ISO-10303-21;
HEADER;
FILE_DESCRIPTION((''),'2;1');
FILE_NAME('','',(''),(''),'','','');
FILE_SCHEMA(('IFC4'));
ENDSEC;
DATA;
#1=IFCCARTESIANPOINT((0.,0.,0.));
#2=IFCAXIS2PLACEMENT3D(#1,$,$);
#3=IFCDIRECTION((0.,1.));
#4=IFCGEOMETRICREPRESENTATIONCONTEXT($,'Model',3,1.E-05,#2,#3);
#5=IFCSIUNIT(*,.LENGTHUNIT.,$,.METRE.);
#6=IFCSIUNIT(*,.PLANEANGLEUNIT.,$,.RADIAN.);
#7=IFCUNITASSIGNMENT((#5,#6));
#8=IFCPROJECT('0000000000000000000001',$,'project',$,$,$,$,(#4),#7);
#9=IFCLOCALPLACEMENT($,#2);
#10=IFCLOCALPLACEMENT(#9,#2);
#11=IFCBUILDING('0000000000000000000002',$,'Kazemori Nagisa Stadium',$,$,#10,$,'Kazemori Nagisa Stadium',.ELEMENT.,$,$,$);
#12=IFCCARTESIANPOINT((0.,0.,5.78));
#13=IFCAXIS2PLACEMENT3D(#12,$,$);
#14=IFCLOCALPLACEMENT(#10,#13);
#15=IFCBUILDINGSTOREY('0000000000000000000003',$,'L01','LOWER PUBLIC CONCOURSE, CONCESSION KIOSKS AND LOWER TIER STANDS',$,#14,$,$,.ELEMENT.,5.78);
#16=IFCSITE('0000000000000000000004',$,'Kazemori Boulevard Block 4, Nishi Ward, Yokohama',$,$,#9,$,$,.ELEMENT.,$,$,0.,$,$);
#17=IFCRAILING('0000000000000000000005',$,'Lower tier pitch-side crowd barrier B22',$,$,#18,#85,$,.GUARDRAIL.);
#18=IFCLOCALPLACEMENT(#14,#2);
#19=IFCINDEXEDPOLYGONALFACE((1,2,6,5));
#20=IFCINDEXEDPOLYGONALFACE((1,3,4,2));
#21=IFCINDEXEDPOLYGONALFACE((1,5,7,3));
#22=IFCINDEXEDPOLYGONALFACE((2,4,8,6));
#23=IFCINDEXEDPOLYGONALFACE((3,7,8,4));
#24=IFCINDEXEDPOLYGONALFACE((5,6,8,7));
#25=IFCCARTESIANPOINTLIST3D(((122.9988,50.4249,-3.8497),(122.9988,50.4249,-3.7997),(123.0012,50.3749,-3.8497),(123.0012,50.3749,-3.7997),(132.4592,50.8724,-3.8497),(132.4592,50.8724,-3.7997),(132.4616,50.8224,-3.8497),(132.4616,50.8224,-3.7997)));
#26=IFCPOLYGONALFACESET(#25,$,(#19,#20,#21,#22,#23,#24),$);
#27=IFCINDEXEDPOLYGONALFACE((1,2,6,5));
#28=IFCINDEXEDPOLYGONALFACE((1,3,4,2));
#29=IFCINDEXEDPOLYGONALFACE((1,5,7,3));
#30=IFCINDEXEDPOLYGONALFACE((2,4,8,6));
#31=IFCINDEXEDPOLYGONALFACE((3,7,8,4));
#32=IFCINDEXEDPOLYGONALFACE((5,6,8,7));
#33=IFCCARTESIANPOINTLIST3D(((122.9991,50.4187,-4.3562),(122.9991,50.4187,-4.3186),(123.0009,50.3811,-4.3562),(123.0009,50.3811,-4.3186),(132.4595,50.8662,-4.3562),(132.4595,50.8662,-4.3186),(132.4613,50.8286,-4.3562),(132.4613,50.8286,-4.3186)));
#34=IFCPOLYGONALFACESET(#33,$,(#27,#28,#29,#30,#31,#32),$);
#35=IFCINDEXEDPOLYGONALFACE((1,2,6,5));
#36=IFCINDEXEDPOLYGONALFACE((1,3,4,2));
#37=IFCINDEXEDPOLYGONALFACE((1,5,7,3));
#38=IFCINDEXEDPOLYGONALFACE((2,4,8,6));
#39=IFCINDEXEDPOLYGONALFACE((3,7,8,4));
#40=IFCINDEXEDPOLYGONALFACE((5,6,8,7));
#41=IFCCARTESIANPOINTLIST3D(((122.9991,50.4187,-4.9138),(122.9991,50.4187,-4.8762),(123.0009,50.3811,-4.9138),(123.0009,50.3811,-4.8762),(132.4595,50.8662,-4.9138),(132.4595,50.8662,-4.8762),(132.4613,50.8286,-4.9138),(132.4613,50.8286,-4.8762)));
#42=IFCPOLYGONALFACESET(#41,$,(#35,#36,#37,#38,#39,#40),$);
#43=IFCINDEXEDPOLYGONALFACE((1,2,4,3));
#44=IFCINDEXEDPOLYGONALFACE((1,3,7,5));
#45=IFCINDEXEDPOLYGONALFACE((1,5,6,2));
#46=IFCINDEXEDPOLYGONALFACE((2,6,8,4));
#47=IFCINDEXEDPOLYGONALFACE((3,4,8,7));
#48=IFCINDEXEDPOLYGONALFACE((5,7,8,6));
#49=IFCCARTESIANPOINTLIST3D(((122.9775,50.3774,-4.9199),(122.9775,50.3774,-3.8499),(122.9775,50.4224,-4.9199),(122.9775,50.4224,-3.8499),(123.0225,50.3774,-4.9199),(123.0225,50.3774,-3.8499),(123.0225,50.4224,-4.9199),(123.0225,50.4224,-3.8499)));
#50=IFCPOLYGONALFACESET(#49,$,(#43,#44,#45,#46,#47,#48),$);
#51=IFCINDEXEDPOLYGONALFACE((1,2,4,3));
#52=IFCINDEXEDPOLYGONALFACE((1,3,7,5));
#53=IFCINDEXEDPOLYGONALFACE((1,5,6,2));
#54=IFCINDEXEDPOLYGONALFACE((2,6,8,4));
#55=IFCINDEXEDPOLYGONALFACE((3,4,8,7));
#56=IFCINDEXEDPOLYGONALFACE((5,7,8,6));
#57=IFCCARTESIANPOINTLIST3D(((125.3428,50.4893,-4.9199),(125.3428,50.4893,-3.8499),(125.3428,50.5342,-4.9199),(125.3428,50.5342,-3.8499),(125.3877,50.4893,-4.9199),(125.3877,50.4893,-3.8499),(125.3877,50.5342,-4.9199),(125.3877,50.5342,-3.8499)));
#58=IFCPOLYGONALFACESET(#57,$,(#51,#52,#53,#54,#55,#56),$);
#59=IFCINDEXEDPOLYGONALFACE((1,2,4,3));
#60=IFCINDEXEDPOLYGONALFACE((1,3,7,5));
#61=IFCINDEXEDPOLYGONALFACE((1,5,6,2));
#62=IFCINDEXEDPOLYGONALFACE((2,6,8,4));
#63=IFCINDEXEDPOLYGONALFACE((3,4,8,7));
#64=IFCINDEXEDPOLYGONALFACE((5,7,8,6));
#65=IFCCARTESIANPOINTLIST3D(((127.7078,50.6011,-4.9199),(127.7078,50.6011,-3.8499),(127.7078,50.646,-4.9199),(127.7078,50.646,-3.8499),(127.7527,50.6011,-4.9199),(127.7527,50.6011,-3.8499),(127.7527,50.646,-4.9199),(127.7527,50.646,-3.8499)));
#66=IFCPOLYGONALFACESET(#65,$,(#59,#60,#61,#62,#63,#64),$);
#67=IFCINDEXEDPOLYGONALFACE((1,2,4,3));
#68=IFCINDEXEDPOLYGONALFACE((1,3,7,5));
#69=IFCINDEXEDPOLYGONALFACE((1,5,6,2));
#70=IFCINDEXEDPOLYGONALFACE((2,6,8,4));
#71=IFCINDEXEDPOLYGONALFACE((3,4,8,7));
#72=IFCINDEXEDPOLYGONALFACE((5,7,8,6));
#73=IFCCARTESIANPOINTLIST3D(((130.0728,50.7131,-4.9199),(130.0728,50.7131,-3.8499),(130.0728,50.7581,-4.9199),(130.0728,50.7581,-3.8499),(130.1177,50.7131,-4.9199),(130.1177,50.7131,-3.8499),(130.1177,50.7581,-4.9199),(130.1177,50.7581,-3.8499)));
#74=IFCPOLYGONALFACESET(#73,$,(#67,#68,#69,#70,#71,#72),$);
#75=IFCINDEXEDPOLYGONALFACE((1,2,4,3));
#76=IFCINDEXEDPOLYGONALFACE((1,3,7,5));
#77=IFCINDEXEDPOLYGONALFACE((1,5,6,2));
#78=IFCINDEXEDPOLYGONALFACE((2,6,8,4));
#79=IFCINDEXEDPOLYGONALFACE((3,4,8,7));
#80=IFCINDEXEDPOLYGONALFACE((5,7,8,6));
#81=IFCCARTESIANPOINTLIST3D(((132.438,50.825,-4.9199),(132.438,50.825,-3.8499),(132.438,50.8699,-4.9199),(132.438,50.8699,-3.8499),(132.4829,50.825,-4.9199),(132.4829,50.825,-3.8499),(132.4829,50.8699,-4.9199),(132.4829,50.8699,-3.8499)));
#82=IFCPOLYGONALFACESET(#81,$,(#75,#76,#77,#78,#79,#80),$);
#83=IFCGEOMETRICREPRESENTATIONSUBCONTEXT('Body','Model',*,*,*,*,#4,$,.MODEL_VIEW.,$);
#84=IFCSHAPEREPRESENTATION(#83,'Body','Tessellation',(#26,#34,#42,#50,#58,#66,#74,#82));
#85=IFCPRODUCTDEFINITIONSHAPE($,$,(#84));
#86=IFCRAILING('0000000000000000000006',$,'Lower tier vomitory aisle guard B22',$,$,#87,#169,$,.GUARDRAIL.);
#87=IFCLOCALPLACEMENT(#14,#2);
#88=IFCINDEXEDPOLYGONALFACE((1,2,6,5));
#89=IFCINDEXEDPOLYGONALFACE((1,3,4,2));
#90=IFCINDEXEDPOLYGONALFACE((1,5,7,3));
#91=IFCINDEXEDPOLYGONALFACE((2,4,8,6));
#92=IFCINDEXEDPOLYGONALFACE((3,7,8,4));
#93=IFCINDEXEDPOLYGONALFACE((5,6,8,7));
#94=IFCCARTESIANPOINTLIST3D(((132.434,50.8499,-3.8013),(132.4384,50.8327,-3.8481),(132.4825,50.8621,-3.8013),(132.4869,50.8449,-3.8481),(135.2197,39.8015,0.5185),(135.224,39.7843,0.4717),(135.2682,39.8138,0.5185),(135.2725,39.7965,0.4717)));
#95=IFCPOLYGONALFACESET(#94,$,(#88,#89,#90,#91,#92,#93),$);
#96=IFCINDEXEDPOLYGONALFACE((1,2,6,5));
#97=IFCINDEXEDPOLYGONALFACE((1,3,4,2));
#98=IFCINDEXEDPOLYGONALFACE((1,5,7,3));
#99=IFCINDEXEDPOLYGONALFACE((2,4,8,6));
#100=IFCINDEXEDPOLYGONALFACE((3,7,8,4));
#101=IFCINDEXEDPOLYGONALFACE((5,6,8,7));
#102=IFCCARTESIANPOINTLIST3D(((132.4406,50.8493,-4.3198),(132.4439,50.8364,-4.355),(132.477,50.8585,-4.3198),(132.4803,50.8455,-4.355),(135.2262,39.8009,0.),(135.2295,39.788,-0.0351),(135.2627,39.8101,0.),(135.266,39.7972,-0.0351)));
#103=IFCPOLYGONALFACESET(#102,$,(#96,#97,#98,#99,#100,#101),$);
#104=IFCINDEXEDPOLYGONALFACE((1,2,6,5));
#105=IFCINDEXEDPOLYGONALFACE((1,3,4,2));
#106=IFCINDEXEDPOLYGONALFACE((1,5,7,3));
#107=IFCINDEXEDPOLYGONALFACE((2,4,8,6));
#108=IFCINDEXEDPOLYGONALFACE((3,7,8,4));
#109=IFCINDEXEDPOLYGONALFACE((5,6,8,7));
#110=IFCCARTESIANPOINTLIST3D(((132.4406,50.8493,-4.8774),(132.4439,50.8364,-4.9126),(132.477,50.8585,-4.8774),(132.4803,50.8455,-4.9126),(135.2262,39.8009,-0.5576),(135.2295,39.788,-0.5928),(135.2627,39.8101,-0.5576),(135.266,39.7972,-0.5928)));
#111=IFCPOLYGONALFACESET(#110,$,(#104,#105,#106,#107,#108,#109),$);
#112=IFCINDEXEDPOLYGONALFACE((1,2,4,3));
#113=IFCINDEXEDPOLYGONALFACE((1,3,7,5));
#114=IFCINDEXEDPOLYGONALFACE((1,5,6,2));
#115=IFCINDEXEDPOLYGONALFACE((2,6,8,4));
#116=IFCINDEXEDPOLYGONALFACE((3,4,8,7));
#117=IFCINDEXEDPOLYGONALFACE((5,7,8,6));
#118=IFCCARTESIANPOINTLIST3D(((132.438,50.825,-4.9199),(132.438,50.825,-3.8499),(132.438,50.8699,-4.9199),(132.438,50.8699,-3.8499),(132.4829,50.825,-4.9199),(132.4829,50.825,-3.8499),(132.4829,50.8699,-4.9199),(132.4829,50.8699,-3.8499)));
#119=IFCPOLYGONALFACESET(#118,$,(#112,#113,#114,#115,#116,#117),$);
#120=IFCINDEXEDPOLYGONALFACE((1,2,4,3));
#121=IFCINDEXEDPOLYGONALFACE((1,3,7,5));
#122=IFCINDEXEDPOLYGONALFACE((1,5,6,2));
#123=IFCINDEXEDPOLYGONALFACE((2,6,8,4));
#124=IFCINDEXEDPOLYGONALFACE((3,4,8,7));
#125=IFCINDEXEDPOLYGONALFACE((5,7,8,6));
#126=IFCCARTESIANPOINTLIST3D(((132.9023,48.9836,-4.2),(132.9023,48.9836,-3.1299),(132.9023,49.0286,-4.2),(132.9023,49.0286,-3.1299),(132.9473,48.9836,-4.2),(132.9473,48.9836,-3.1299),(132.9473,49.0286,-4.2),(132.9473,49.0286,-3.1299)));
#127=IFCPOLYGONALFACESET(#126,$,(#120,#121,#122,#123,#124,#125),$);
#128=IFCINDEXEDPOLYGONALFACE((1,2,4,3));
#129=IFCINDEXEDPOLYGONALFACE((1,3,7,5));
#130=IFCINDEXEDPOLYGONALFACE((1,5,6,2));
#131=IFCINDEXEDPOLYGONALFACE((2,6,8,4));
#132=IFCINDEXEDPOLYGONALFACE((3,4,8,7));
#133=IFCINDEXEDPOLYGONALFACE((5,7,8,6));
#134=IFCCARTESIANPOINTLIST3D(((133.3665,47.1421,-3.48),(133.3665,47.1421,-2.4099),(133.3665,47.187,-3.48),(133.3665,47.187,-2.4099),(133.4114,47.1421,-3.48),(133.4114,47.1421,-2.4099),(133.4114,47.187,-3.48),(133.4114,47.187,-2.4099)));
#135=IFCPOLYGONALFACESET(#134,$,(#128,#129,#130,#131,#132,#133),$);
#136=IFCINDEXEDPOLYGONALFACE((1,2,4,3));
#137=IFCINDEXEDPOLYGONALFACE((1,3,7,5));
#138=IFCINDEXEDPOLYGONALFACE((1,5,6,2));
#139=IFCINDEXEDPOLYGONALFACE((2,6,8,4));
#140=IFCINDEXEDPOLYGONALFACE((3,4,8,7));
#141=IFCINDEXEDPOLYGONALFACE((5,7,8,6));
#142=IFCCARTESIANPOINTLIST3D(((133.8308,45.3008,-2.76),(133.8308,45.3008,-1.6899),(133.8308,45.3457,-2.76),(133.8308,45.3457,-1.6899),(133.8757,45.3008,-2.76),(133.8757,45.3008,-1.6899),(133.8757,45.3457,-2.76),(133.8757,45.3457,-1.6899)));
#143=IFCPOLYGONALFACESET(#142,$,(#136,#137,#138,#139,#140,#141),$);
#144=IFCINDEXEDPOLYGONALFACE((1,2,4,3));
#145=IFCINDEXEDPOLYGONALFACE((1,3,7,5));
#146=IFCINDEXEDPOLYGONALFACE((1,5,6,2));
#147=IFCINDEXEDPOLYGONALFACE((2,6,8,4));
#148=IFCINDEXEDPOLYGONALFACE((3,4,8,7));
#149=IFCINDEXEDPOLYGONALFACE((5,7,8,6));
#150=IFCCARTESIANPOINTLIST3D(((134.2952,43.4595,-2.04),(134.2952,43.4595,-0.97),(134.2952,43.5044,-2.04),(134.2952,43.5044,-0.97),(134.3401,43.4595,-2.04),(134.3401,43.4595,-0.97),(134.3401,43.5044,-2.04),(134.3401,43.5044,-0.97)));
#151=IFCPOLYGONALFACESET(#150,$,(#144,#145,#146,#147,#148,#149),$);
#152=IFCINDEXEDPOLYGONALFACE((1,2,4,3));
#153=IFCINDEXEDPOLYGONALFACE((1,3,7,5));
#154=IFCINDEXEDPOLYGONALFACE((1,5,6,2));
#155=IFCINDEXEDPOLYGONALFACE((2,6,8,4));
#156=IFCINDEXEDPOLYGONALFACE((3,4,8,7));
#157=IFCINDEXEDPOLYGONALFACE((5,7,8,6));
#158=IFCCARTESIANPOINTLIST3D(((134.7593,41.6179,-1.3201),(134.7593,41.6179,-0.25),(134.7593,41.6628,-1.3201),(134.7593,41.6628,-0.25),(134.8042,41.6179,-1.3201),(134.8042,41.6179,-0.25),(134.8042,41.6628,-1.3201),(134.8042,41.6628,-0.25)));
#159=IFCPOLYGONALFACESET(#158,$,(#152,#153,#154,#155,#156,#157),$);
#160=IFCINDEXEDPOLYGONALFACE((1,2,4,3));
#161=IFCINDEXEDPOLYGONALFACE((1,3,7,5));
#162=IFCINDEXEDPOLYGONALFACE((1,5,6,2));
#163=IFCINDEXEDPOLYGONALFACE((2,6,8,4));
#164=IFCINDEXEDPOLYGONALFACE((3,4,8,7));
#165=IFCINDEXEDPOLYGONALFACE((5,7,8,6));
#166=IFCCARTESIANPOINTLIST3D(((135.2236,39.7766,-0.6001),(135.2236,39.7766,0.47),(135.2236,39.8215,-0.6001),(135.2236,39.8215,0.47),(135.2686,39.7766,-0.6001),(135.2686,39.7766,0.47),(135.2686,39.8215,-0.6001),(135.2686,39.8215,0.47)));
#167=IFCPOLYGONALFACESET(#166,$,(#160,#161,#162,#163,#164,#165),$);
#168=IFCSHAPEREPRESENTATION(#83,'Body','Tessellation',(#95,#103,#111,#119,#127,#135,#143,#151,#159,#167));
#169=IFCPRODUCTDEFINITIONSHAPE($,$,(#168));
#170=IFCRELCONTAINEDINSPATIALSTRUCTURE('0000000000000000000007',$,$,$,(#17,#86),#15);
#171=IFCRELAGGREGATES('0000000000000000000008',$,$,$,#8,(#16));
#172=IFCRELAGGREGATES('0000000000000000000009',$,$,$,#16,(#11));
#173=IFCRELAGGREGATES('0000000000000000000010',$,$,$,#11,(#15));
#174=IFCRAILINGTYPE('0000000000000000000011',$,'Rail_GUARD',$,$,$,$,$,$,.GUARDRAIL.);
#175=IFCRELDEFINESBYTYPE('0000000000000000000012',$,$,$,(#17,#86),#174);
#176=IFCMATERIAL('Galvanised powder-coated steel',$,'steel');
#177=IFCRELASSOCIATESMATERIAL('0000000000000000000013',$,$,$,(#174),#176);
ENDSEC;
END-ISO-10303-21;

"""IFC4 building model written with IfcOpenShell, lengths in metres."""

from ifc_helpers import new_model, si_unit, direction, frame, origin, origin_2d, place, context, subcontext, project, spatial, rectangle, extrude, material, type_object, element, save


model = new_model("IFC4")

# Units and contexts
model_context = context("Model", 3, precision=1e-05, world=origin(), true_north=direction((0.0, 1.0)))
body_context = subcontext(model_context, "Body", "Model", "MODEL_VIEW")
ifc_project = project(units=[si_unit("LENGTHUNIT", "METRE"), si_unit("PLANEANGLEUNIT", "RADIAN")], contexts=[model_context])

# Site, building, storey
site_placement = place(None, origin())
site = spatial("IfcSite", under=ifc_project, at=site_placement, Name="Kazemori Boulevard Block 4, Nishi Ward, Yokohama", CompositionType="ELEMENT", RefElevation=0.0)
building_placement = place(site_placement, origin())
building = spatial("IfcBuilding", under=site, at=building_placement, Name="Kazemori Nagisa Stadium", LongName="Kazemori Nagisa Stadium", CompositionType="ELEMENT")
storey_placement = place(building_placement, frame((0.0, 0.0, 5.78)))
storey = spatial("IfcBuildingStorey", under=building, at=storey_placement, Name="L01", Description="LOWER PUBLIC CONCOURSE, CONCESSION KIOSKS AND LOWER TIER STANDS", CompositionType="ELEMENT", Elevation=5.78)

# Railings
ifc_material_1 = material(Name="Galvanised powder-coated steel", Category="steel")
railing_type_1 = type_object("IfcRailingType", Name="Rail_GUARD", PredefinedType="GUARDRAIL", material=ifc_material_1)
railing_1_placement = place(storey_placement, frame((123.0, 50.3999, -4.9199)))
element("IfcRailing", 1, at=railing_1_placement, inside=storey, type_object=railing_type_1, Name="Lower tier pitch-side crowd barrier B22", PredefinedType="GUARDRAIL", context=body_context, shape_type="SweptSolid", body=[
    extrude(rectangle(XDim=0.05, YDim=0.05, at=origin_2d()), frame((0.0, 0.0, 1.0952), z_axis=(0.998883, 0.04725, 0.0), x_axis=(-0.04725, 0.998883, 0.0)), (0.0, 0.0, 1.0), 9.4709),
    extrude(rectangle(XDim=0.0376, YDim=0.0376, at=origin_2d()), frame((0.0, 0.0, 0.5825), z_axis=(0.998883, 0.04725, 0.0), x_axis=(-0.04725, 0.998883, 0.0)), (0.0, 0.0, 1.0), 9.4709),
    extrude(rectangle(XDim=0.0376, YDim=0.0376, at=origin_2d()), frame((0.0, 0.0, 0.0249), z_axis=(0.998883, 0.04725, 0.0), x_axis=(-0.04725, 0.998883, 0.0)), (0.0, 0.0, 1.0), 9.4709),
    extrude(rectangle(XDim=0.0449, YDim=0.0449, at=origin_2d()), origin(), (0.0, 0.0, 1.0), 1.0701),
    extrude(rectangle(XDim=0.0449, YDim=0.0449, at=origin_2d()), frame((2.3652, 0.1118, 0.0)), (0.0, 0.0, 1.0), 1.0701),
    extrude(rectangle(XDim=0.0449, YDim=0.0449, at=origin_2d()), frame((4.7302, 0.2236, 0.0)), (0.0, 0.0, 1.0), 1.0701),
    extrude(rectangle(XDim=0.0449, YDim=0.0449, at=origin_2d()), frame((7.0952, 0.3357, 0.0)), (0.0, 0.0, 1.0), 1.0701),
    extrude(rectangle(XDim=0.0449, YDim=0.0449, at=origin_2d()), frame((9.4604, 0.4475, 0.0)), (0.0, 0.0, 1.0), 1.0701),
])
railing_2_placement = place(storey_placement, frame((132.4604, 50.8474, -4.9199)))
element("IfcRailing", 2, at=railing_2_placement, inside=storey, type_object=railing_type_1, Name="Lower tier vomitory aisle guard B22", PredefinedType="GUARDRAIL", context=body_context, shape_type="SweptSolid", body=[
    extrude(rectangle(XDim=0.05, YDim=0.05, at=origin_2d()), frame((0.0, 0.0, 1.0952), z_axis=(0.228603, -0.906679, 0.354505), x_axis=(0.969654, 0.244481, 0.0)), (0.0, 0.0, 1.0), 12.1855),
    extrude(rectangle(XDim=0.0376, YDim=0.0376, at=origin_2d()), frame((0.0, 0.0, 0.5825), z_axis=(0.228603, -0.906679, 0.354505), x_axis=(0.969654, 0.244481, 0.0)), (0.0, 0.0, 1.0), 12.1855),
    extrude(rectangle(XDim=0.0376, YDim=0.0376, at=origin_2d()), frame((0.0, 0.0, 0.0249), z_axis=(0.228603, -0.906679, 0.354505), x_axis=(0.969654, 0.244481, 0.0)), (0.0, 0.0, 1.0), 12.1855),
    extrude(rectangle(XDim=0.0449, YDim=0.0449, at=origin_2d()), origin(), (0.0, 0.0, 1.0), 1.0701),
    extrude(rectangle(XDim=0.0449, YDim=0.0449, at=origin_2d()), frame((0.4644, -1.8413, 0.72)), (0.0, 0.0, 1.0), 1.0701),
    extrude(rectangle(XDim=0.0449, YDim=0.0449, at=origin_2d()), frame((0.9285, -3.6829, 1.4399)), (0.0, 0.0, 1.0), 1.0701),
    extrude(rectangle(XDim=0.0449, YDim=0.0449, at=origin_2d()), frame((1.3928, -5.5242, 2.1599)), (0.0, 0.0, 1.0), 1.0701),
    extrude(rectangle(XDim=0.0449, YDim=0.0449, at=origin_2d()), frame((1.8572, -7.3655, 2.8799)), (0.0, 0.0, 1.0), 1.0701),
    extrude(rectangle(XDim=0.0449, YDim=0.0449, at=origin_2d()), frame((2.3213, -9.207, 3.5999)), (0.0, 0.0, 1.0), 1.0701),
    extrude(rectangle(XDim=0.0449, YDim=0.0449, at=origin_2d()), frame((2.7856, -11.0483, 4.3198)), (0.0, 0.0, 1.0), 1.0701),
])

save(model, "model.ifc")
